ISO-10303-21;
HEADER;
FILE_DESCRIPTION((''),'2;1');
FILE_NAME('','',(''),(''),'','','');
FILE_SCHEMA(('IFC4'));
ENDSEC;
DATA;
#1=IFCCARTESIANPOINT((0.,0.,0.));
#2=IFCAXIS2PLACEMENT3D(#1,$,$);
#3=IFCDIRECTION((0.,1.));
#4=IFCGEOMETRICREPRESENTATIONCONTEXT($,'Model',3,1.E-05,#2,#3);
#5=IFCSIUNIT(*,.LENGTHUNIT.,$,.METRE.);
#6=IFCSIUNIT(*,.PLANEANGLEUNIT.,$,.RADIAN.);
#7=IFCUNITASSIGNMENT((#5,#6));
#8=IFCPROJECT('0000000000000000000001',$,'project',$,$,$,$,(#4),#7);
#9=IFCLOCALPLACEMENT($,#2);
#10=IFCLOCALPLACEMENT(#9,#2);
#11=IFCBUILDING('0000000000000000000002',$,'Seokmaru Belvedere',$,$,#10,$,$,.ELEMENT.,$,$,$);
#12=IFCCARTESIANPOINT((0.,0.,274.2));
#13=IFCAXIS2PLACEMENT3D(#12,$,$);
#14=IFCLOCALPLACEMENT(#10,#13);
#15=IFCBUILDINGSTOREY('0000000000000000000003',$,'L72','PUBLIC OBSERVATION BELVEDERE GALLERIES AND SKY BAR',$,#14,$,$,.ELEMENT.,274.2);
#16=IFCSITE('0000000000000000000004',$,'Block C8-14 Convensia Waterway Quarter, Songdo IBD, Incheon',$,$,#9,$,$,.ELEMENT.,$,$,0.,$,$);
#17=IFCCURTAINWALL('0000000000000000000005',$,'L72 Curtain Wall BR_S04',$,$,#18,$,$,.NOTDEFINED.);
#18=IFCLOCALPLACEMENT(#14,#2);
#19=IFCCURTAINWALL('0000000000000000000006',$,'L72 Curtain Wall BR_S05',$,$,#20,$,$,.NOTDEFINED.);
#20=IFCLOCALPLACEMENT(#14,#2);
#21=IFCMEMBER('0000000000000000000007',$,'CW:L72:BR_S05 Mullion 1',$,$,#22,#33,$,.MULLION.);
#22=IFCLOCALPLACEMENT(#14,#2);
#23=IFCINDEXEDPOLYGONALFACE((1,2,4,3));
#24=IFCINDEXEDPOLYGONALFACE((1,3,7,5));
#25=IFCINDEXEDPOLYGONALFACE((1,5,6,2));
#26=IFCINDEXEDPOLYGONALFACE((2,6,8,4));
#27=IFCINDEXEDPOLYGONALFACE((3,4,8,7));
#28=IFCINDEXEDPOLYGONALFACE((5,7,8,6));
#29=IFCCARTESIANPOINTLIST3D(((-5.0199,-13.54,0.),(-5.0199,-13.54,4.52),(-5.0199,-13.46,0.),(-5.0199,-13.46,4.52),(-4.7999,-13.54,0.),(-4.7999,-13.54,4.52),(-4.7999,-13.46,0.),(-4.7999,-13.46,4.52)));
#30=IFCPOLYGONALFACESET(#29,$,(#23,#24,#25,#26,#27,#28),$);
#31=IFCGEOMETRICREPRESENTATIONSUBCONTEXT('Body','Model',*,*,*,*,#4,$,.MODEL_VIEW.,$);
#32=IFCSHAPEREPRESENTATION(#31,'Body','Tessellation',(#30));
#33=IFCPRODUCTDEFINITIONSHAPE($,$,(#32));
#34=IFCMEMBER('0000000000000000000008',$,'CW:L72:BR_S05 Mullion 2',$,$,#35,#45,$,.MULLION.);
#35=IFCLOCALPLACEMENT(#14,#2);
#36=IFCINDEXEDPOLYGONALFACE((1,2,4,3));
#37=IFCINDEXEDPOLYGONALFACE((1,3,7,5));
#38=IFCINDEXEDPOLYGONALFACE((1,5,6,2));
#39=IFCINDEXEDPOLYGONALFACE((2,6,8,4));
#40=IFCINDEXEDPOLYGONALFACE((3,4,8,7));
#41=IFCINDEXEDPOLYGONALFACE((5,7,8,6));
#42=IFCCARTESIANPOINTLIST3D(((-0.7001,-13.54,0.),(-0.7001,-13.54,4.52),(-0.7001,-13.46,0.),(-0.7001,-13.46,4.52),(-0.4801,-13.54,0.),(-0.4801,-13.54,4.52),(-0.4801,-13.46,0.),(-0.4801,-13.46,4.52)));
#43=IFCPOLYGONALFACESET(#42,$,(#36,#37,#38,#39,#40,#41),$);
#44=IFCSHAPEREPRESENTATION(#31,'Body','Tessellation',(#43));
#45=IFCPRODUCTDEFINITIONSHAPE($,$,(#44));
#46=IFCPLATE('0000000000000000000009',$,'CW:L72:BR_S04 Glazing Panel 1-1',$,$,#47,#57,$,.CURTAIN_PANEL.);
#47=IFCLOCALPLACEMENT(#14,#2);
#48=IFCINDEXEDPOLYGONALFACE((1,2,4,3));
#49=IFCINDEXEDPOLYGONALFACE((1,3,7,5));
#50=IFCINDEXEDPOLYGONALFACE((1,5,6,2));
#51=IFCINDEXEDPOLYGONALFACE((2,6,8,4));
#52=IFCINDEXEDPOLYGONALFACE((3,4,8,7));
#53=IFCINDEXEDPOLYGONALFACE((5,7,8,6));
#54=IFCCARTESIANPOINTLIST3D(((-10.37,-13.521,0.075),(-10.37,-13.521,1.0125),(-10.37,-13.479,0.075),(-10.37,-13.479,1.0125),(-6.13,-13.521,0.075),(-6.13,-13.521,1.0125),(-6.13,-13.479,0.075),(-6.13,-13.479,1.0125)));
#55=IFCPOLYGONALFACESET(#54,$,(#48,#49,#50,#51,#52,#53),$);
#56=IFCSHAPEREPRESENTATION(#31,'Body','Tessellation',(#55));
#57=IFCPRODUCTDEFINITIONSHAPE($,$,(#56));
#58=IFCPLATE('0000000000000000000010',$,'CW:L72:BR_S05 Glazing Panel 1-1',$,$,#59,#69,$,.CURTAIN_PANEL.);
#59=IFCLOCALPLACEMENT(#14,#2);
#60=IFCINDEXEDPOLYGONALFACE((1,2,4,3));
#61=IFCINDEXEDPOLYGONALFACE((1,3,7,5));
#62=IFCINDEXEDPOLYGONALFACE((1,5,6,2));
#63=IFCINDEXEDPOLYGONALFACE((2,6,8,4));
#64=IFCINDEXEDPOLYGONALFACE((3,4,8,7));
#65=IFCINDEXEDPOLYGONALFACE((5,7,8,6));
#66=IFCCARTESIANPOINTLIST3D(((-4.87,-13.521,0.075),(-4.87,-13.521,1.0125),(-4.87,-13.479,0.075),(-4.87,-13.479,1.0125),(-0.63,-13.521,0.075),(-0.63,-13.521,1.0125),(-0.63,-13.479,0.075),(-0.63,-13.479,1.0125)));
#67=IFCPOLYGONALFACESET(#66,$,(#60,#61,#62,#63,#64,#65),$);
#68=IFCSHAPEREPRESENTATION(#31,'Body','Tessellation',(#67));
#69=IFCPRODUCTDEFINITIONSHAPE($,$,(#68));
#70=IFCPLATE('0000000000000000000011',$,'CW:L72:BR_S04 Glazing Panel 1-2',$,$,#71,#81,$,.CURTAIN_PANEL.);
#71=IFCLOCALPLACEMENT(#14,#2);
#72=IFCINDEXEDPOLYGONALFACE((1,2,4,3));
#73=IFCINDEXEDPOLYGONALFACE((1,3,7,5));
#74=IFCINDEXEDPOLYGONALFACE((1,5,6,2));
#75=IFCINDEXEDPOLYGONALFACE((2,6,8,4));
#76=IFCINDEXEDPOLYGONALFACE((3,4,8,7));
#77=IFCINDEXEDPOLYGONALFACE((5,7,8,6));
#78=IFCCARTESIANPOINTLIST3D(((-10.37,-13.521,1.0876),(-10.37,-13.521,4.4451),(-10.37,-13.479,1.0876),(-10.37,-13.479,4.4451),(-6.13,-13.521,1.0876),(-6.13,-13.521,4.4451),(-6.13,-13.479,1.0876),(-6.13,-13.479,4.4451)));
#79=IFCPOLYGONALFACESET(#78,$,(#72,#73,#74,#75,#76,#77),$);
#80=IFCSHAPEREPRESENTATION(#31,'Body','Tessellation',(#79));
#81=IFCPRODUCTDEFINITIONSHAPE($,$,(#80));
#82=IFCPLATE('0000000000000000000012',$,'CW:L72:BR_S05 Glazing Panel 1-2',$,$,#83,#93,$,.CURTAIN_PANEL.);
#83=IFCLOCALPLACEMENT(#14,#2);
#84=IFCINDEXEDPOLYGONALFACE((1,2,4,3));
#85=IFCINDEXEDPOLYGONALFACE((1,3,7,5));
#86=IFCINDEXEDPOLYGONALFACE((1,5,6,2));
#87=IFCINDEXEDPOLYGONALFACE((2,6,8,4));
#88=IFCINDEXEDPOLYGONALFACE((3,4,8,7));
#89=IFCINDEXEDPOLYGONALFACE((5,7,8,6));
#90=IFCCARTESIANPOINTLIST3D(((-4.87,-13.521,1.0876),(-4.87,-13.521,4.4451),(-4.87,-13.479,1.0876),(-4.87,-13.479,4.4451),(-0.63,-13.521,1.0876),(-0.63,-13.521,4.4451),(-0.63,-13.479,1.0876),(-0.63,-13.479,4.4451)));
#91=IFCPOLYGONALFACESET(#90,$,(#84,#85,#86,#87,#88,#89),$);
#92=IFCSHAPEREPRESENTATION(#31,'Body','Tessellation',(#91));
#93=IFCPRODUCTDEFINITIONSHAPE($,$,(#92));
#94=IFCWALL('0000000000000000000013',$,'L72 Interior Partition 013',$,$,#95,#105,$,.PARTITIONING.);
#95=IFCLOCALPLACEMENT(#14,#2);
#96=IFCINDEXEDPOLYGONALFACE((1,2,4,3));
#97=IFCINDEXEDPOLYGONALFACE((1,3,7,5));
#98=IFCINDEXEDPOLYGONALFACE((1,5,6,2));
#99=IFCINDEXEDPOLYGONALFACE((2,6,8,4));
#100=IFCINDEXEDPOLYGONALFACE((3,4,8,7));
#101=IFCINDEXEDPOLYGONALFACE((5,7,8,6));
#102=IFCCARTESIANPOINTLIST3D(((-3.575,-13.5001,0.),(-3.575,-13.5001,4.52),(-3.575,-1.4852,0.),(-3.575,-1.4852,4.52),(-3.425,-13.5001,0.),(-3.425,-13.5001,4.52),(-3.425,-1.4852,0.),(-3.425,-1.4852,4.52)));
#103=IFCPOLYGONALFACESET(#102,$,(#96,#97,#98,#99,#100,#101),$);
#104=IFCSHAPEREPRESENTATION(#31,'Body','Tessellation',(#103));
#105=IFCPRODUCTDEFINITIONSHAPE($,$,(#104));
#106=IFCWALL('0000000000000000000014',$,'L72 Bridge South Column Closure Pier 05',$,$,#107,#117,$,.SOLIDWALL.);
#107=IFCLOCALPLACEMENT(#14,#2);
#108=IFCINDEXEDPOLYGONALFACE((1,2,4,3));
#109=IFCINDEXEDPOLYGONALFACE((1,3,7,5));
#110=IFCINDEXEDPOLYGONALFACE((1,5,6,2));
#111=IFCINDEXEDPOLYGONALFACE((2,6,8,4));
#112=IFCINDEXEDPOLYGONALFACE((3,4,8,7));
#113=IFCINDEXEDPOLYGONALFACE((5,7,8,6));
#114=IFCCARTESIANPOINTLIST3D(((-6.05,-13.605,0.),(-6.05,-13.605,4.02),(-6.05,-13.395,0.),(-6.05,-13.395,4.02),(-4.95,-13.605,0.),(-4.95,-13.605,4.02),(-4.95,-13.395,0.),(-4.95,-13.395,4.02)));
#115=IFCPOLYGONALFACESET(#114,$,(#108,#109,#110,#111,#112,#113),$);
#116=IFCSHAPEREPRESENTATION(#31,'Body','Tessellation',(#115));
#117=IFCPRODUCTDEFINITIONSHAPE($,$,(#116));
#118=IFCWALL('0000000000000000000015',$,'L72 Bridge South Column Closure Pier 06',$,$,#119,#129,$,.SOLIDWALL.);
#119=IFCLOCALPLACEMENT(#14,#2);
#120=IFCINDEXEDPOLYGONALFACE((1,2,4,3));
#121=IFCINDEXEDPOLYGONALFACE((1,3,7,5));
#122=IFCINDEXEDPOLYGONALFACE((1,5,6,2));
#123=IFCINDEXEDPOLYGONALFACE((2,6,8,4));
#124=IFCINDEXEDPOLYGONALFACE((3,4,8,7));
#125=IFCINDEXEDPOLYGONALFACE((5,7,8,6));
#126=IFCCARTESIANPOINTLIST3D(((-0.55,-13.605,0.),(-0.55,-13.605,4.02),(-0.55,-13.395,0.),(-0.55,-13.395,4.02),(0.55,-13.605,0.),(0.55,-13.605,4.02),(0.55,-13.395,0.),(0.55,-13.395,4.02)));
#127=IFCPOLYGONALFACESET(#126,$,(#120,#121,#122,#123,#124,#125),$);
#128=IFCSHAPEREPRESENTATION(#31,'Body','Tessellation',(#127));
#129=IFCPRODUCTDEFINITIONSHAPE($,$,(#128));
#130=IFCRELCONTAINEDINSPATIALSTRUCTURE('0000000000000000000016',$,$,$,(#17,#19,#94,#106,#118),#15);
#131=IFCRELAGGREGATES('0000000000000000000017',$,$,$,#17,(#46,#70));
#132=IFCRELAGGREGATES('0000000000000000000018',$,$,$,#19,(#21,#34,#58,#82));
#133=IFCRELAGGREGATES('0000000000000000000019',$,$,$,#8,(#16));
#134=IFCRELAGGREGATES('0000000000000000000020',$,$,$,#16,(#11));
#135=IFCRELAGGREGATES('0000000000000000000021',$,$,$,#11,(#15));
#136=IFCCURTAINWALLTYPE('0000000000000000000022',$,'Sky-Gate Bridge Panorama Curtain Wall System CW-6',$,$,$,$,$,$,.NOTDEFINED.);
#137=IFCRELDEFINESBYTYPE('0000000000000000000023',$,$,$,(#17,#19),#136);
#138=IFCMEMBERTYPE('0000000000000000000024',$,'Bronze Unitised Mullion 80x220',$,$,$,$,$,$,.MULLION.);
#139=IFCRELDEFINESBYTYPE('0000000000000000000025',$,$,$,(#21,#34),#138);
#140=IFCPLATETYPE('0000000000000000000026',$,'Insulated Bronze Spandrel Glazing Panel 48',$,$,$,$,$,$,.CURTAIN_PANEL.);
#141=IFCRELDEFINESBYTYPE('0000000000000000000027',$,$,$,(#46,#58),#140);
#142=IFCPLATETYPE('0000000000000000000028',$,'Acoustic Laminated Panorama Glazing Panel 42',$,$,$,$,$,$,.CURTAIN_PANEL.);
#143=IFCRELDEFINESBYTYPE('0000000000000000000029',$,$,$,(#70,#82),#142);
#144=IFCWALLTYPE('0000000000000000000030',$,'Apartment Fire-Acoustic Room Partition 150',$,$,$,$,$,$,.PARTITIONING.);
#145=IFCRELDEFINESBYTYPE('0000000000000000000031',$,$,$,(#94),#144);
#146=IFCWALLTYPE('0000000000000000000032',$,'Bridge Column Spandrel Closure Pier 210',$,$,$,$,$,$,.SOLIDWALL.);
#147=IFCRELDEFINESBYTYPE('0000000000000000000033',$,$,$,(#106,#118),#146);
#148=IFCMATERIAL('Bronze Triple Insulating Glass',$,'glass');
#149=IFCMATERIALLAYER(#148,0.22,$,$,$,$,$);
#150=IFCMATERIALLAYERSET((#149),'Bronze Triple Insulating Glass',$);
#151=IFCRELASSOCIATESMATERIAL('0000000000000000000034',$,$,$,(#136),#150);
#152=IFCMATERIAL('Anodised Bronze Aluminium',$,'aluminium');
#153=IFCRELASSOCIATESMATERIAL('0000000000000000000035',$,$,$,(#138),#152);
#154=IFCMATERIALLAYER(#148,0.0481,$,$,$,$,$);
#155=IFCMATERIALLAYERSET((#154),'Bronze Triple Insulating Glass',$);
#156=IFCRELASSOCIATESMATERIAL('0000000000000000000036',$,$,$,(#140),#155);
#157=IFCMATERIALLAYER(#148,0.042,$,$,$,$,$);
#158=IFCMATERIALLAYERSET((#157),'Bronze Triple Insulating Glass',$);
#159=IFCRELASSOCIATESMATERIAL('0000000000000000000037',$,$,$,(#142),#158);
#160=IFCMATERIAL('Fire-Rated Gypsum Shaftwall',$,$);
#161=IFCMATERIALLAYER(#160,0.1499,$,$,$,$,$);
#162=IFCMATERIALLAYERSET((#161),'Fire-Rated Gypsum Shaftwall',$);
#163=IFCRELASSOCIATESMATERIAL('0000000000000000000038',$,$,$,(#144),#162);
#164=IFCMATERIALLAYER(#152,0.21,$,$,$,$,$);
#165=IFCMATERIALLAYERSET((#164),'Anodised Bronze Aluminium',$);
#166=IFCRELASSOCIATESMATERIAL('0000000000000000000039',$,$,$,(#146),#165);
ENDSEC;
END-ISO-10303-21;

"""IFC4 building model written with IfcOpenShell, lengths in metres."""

from ifc_helpers import new_model, si_unit, direction, frame, frame_2d, origin, origin_2d, place, context, subcontext, project, spatial, rectangle, extrude, source, transform, mapped, material, layer, layer_set, material_profile, profile_set, type_object, type_shapes, element, aggregate, save


model = new_model("IFC4")

# Units and contexts
model_context = context("Model", 3, precision=1e-05, world=origin(), true_north=direction((0.0, 1.0)))
body_context = subcontext(model_context, "Body", "Model", "MODEL_VIEW")
ifc_project = project(units=[si_unit("LENGTHUNIT", "METRE"), si_unit("PLANEANGLEUNIT", "RADIAN")], contexts=[model_context])

# Site, building, storey
site_placement = place(None, origin())
site = spatial("IfcSite", under=ifc_project, at=site_placement, Name="Block C8-14 Convensia Waterway Quarter, Songdo IBD, Incheon", CompositionType="ELEMENT", RefElevation=0.0)
building_placement = place(site_placement, origin())
building = spatial("IfcBuilding", under=site, at=building_placement, Name="Seokmaru Belvedere", CompositionType="ELEMENT")
storey_placement = place(building_placement, frame((0.0, 0.0, 274.2)))
storey = spatial("IfcBuildingStorey", under=building, at=storey_placement, Name="L72", Description="PUBLIC OBSERVATION BELVEDERE GALLERIES AND SKY BAR", CompositionType="ELEMENT", Elevation=274.2)

# Curtain walls
ifc_material_1 = material(Name="Bronze Triple Insulating Glass", Category="glass")
ifc_layer_1 = layer(ifc_material_1, 0.22)
ifc_layer_set_1 = layer_set([ifc_layer_1], Name="Bronze Triple Insulating Glass")
curtain_wall_type = type_object("IfcCurtainWallType", Name="Sky-Gate Bridge Panorama Curtain Wall System CW-6", PredefinedType="NOTDEFINED", material=ifc_layer_set_1)
curtain_wall_1_placement = place(storey_placement, origin())
curtain_wall_1 = element("IfcCurtainWall", 1, at=curtain_wall_1_placement, inside=storey, type_object=curtain_wall_type, Name="L72 Curtain Wall BR_S04", PredefinedType="NOTDEFINED")
ifc_material_2 = material(Name="Anodised Bronze Aluminium", Category="aluminium")
curtain_wall_2_placement = place(storey_placement, origin())
curtain_wall_2 = element("IfcCurtainWall", 2, at=curtain_wall_2_placement, inside=storey, type_object=curtain_wall_type, Name="L72 Curtain Wall BR_S05", PredefinedType="NOTDEFINED")

# Members
ifc_material_profile_1 = material_profile(ifc_material_2, rectangle(XDim=0.0801, YDim=0.22, at=origin_2d()), Name="CW-M-80x220")
ifc_profile_set_1 = profile_set([ifc_material_profile_1], Name="Anodised Bronze Aluminium")
member_type_1 = type_object("IfcMemberType", Name="Bronze Unitised Mullion 80x220", PredefinedType="MULLION", material=ifc_profile_set_1)
shared_shape_1 = source(origin(), body_context, "Body", "SweptSolid", [
    extrude(rectangle(XDim=0.0801, YDim=0.22, at=origin_2d()), origin(), (0.0, 0.0, 1.0), 4.52),
])
type_shapes(member_type_1, [shared_shape_1])
member_1_placement = place(storey_placement, frame((-4.9099, -13.5, 0.0), z_axis=(0.0, 0.0, 1.0), x_axis=(0.0, 1.0, 0.0)))
member_1 = element("IfcMember", 3, at=member_1_placement, type_object=member_type_1, Name="CW:L72:BR_S05 Mullion 1", PredefinedType="MULLION", context=body_context, shape_type="MappedRepresentation", body=[
    mapped(shared_shape_1, transform((0.0, 0.0, 0.0), scale=1.0)),
])
member_2_placement = place(storey_placement, frame((-0.5901, -13.5, 0.0), z_axis=(0.0, 0.0, 1.0), x_axis=(0.0, 1.0, 0.0)))
member_2 = element("IfcMember", 4, at=member_2_placement, type_object=member_type_1, Name="CW:L72:BR_S05 Mullion 2", PredefinedType="MULLION", context=body_context, shape_type="MappedRepresentation", body=[
    mapped(shared_shape_1, transform((0.0, 0.0, 0.0), scale=1.0)),
])

# Plates
ifc_layer_2 = layer(ifc_material_1, 0.0481)
ifc_layer_set_2 = layer_set([ifc_layer_2], Name="Bronze Triple Insulating Glass")
plate_type_1 = type_object("IfcPlateType", Name="Insulated Bronze Spandrel Glazing Panel 48", PredefinedType="CURTAIN_PANEL", material=ifc_layer_set_2)
shared_shape_2 = source(origin(), body_context, "Body", "SweptSolid", [
    extrude(rectangle(XDim=4.24, YDim=0.042, at=origin_2d()), origin(), (0.0, 0.0, 1.0), 0.9375),
])
type_shapes(plate_type_1, [shared_shape_2])
plate_1_placement = place(storey_placement, frame((-8.25, -13.5, 0.075), z_axis=(0.0, 0.0, 1.0), x_axis=(1.0, 0.0, 0.0)))
plate_1 = element("IfcPlate", 5, at=plate_1_placement, type_object=plate_type_1, Name="CW:L72:BR_S04 Glazing Panel 1-1", PredefinedType="CURTAIN_PANEL", context=body_context, shape_type="MappedRepresentation", body=[
    mapped(shared_shape_2, transform((0.0, 0.0, 0.0), scale=1.0)),
])
plate_2_placement = place(storey_placement, frame((-2.75, -13.5, 0.075), z_axis=(0.0, 0.0, 1.0), x_axis=(1.0, 0.0, 0.0)))
plate_2 = element("IfcPlate", 6, at=plate_2_placement, type_object=plate_type_1, Name="CW:L72:BR_S05 Glazing Panel 1-1", PredefinedType="CURTAIN_PANEL", context=body_context, shape_type="MappedRepresentation", body=[
    mapped(shared_shape_2, transform((0.0, 0.0, 0.0), scale=1.0)),
])
ifc_layer_3 = layer(ifc_material_1, 0.042)
ifc_layer_set_3 = layer_set([ifc_layer_3], Name="Bronze Triple Insulating Glass")
plate_type_2 = type_object("IfcPlateType", Name="Acoustic Laminated Panorama Glazing Panel 42", PredefinedType="CURTAIN_PANEL", material=ifc_layer_set_3)
shared_shape_3 = source(origin(), body_context, "Body", "SweptSolid", [
    extrude(rectangle(XDim=4.24, YDim=0.042, at=origin_2d()), origin(), (0.0, 0.0, 1.0), 3.3574),
])
type_shapes(plate_type_2, [shared_shape_3])
plate_3_placement = place(storey_placement, frame((-8.25, -13.5, 1.0876), z_axis=(0.0, 0.0, 1.0), x_axis=(1.0, 0.0, 0.0)))
plate_3 = element("IfcPlate", 7, at=plate_3_placement, type_object=plate_type_2, Name="CW:L72:BR_S04 Glazing Panel 1-2", PredefinedType="CURTAIN_PANEL", context=body_context, shape_type="MappedRepresentation", body=[
    mapped(shared_shape_3, transform((0.0, 0.0, 0.0), scale=1.0)),
])
aggregate(curtain_wall_1, [plate_1, plate_3])
plate_4_placement = place(storey_placement, frame((-2.75, -13.5, 1.0876), z_axis=(0.0, 0.0, 1.0), x_axis=(1.0, 0.0, 0.0)))
plate_4 = element("IfcPlate", 8, at=plate_4_placement, type_object=plate_type_2, Name="CW:L72:BR_S05 Glazing Panel 1-2", PredefinedType="CURTAIN_PANEL", context=body_context, shape_type="MappedRepresentation", body=[
    mapped(shared_shape_3, transform((0.0, 0.0, 0.0), scale=1.0)),
])
aggregate(curtain_wall_2, [member_1, member_2, plate_2, plate_4])

# Walls
ifc_material_3 = material(Name="Fire-Rated Gypsum Shaftwall")
ifc_layer_4 = layer(ifc_material_3, 0.1499)
ifc_layer_set_4 = layer_set([ifc_layer_4], Name="Fire-Rated Gypsum Shaftwall")
wall_type_1 = type_object("IfcWallType", Name="Apartment Fire-Acoustic Room Partition 150", PredefinedType="PARTITIONING", material=ifc_layer_set_4)
wall_placement = place(storey_placement, frame((-3.5, -13.5, 0.0), z_axis=(0.0, 0.0, 1.0), x_axis=(0.0, 1.0, 0.0)))
element("IfcWall", 9, at=wall_placement, inside=storey, type_object=wall_type_1, Name="L72 Interior Partition 013", PredefinedType="PARTITIONING", context=body_context, shape_type="SweptSolid", body=[
    extrude(rectangle(XDim=12.0149, YDim=0.1499, at=frame_2d((6.0073, 0.0))), origin(), (0.0, 0.0, 1.0), 4.52),
])
ifc_layer_5 = layer(ifc_material_2, 0.21)
ifc_layer_set_5 = layer_set([ifc_layer_5], Name="Anodised Bronze Aluminium")
wall_type_2 = type_object("IfcWallType", Name="Bridge Column Spandrel Closure Pier 210", PredefinedType="SOLIDWALL", material=ifc_layer_set_5)
for number, where, z_axis, x_axis, name in (
    (10, (-6.05, -13.5, 0.0), (0.0, 0.0, 1.0), (1.0, 0.0, 0.0), "L72 Bridge South Column Closure Pier 05"),
    (11, (-0.55, -13.5, 0.0), (0.0, 0.0, 1.0), (1.0, 0.0, 0.0), "L72 Bridge South Column Closure Pier 06"),
):
    element("IfcWall", number, at=place(storey_placement, frame(where, z_axis=z_axis, x_axis=x_axis)), inside=storey, type_object=wall_type_2, Name=name, PredefinedType="SOLIDWALL", context=body_context, shape_type="SweptSolid", body=[
        extrude(rectangle(XDim=1.1001, YDim=0.21, at=frame_2d((0.55, 0.0))), origin(), (0.0, 0.0, 1.0), 4.02),
    ])

save(model, "model.ifc")
